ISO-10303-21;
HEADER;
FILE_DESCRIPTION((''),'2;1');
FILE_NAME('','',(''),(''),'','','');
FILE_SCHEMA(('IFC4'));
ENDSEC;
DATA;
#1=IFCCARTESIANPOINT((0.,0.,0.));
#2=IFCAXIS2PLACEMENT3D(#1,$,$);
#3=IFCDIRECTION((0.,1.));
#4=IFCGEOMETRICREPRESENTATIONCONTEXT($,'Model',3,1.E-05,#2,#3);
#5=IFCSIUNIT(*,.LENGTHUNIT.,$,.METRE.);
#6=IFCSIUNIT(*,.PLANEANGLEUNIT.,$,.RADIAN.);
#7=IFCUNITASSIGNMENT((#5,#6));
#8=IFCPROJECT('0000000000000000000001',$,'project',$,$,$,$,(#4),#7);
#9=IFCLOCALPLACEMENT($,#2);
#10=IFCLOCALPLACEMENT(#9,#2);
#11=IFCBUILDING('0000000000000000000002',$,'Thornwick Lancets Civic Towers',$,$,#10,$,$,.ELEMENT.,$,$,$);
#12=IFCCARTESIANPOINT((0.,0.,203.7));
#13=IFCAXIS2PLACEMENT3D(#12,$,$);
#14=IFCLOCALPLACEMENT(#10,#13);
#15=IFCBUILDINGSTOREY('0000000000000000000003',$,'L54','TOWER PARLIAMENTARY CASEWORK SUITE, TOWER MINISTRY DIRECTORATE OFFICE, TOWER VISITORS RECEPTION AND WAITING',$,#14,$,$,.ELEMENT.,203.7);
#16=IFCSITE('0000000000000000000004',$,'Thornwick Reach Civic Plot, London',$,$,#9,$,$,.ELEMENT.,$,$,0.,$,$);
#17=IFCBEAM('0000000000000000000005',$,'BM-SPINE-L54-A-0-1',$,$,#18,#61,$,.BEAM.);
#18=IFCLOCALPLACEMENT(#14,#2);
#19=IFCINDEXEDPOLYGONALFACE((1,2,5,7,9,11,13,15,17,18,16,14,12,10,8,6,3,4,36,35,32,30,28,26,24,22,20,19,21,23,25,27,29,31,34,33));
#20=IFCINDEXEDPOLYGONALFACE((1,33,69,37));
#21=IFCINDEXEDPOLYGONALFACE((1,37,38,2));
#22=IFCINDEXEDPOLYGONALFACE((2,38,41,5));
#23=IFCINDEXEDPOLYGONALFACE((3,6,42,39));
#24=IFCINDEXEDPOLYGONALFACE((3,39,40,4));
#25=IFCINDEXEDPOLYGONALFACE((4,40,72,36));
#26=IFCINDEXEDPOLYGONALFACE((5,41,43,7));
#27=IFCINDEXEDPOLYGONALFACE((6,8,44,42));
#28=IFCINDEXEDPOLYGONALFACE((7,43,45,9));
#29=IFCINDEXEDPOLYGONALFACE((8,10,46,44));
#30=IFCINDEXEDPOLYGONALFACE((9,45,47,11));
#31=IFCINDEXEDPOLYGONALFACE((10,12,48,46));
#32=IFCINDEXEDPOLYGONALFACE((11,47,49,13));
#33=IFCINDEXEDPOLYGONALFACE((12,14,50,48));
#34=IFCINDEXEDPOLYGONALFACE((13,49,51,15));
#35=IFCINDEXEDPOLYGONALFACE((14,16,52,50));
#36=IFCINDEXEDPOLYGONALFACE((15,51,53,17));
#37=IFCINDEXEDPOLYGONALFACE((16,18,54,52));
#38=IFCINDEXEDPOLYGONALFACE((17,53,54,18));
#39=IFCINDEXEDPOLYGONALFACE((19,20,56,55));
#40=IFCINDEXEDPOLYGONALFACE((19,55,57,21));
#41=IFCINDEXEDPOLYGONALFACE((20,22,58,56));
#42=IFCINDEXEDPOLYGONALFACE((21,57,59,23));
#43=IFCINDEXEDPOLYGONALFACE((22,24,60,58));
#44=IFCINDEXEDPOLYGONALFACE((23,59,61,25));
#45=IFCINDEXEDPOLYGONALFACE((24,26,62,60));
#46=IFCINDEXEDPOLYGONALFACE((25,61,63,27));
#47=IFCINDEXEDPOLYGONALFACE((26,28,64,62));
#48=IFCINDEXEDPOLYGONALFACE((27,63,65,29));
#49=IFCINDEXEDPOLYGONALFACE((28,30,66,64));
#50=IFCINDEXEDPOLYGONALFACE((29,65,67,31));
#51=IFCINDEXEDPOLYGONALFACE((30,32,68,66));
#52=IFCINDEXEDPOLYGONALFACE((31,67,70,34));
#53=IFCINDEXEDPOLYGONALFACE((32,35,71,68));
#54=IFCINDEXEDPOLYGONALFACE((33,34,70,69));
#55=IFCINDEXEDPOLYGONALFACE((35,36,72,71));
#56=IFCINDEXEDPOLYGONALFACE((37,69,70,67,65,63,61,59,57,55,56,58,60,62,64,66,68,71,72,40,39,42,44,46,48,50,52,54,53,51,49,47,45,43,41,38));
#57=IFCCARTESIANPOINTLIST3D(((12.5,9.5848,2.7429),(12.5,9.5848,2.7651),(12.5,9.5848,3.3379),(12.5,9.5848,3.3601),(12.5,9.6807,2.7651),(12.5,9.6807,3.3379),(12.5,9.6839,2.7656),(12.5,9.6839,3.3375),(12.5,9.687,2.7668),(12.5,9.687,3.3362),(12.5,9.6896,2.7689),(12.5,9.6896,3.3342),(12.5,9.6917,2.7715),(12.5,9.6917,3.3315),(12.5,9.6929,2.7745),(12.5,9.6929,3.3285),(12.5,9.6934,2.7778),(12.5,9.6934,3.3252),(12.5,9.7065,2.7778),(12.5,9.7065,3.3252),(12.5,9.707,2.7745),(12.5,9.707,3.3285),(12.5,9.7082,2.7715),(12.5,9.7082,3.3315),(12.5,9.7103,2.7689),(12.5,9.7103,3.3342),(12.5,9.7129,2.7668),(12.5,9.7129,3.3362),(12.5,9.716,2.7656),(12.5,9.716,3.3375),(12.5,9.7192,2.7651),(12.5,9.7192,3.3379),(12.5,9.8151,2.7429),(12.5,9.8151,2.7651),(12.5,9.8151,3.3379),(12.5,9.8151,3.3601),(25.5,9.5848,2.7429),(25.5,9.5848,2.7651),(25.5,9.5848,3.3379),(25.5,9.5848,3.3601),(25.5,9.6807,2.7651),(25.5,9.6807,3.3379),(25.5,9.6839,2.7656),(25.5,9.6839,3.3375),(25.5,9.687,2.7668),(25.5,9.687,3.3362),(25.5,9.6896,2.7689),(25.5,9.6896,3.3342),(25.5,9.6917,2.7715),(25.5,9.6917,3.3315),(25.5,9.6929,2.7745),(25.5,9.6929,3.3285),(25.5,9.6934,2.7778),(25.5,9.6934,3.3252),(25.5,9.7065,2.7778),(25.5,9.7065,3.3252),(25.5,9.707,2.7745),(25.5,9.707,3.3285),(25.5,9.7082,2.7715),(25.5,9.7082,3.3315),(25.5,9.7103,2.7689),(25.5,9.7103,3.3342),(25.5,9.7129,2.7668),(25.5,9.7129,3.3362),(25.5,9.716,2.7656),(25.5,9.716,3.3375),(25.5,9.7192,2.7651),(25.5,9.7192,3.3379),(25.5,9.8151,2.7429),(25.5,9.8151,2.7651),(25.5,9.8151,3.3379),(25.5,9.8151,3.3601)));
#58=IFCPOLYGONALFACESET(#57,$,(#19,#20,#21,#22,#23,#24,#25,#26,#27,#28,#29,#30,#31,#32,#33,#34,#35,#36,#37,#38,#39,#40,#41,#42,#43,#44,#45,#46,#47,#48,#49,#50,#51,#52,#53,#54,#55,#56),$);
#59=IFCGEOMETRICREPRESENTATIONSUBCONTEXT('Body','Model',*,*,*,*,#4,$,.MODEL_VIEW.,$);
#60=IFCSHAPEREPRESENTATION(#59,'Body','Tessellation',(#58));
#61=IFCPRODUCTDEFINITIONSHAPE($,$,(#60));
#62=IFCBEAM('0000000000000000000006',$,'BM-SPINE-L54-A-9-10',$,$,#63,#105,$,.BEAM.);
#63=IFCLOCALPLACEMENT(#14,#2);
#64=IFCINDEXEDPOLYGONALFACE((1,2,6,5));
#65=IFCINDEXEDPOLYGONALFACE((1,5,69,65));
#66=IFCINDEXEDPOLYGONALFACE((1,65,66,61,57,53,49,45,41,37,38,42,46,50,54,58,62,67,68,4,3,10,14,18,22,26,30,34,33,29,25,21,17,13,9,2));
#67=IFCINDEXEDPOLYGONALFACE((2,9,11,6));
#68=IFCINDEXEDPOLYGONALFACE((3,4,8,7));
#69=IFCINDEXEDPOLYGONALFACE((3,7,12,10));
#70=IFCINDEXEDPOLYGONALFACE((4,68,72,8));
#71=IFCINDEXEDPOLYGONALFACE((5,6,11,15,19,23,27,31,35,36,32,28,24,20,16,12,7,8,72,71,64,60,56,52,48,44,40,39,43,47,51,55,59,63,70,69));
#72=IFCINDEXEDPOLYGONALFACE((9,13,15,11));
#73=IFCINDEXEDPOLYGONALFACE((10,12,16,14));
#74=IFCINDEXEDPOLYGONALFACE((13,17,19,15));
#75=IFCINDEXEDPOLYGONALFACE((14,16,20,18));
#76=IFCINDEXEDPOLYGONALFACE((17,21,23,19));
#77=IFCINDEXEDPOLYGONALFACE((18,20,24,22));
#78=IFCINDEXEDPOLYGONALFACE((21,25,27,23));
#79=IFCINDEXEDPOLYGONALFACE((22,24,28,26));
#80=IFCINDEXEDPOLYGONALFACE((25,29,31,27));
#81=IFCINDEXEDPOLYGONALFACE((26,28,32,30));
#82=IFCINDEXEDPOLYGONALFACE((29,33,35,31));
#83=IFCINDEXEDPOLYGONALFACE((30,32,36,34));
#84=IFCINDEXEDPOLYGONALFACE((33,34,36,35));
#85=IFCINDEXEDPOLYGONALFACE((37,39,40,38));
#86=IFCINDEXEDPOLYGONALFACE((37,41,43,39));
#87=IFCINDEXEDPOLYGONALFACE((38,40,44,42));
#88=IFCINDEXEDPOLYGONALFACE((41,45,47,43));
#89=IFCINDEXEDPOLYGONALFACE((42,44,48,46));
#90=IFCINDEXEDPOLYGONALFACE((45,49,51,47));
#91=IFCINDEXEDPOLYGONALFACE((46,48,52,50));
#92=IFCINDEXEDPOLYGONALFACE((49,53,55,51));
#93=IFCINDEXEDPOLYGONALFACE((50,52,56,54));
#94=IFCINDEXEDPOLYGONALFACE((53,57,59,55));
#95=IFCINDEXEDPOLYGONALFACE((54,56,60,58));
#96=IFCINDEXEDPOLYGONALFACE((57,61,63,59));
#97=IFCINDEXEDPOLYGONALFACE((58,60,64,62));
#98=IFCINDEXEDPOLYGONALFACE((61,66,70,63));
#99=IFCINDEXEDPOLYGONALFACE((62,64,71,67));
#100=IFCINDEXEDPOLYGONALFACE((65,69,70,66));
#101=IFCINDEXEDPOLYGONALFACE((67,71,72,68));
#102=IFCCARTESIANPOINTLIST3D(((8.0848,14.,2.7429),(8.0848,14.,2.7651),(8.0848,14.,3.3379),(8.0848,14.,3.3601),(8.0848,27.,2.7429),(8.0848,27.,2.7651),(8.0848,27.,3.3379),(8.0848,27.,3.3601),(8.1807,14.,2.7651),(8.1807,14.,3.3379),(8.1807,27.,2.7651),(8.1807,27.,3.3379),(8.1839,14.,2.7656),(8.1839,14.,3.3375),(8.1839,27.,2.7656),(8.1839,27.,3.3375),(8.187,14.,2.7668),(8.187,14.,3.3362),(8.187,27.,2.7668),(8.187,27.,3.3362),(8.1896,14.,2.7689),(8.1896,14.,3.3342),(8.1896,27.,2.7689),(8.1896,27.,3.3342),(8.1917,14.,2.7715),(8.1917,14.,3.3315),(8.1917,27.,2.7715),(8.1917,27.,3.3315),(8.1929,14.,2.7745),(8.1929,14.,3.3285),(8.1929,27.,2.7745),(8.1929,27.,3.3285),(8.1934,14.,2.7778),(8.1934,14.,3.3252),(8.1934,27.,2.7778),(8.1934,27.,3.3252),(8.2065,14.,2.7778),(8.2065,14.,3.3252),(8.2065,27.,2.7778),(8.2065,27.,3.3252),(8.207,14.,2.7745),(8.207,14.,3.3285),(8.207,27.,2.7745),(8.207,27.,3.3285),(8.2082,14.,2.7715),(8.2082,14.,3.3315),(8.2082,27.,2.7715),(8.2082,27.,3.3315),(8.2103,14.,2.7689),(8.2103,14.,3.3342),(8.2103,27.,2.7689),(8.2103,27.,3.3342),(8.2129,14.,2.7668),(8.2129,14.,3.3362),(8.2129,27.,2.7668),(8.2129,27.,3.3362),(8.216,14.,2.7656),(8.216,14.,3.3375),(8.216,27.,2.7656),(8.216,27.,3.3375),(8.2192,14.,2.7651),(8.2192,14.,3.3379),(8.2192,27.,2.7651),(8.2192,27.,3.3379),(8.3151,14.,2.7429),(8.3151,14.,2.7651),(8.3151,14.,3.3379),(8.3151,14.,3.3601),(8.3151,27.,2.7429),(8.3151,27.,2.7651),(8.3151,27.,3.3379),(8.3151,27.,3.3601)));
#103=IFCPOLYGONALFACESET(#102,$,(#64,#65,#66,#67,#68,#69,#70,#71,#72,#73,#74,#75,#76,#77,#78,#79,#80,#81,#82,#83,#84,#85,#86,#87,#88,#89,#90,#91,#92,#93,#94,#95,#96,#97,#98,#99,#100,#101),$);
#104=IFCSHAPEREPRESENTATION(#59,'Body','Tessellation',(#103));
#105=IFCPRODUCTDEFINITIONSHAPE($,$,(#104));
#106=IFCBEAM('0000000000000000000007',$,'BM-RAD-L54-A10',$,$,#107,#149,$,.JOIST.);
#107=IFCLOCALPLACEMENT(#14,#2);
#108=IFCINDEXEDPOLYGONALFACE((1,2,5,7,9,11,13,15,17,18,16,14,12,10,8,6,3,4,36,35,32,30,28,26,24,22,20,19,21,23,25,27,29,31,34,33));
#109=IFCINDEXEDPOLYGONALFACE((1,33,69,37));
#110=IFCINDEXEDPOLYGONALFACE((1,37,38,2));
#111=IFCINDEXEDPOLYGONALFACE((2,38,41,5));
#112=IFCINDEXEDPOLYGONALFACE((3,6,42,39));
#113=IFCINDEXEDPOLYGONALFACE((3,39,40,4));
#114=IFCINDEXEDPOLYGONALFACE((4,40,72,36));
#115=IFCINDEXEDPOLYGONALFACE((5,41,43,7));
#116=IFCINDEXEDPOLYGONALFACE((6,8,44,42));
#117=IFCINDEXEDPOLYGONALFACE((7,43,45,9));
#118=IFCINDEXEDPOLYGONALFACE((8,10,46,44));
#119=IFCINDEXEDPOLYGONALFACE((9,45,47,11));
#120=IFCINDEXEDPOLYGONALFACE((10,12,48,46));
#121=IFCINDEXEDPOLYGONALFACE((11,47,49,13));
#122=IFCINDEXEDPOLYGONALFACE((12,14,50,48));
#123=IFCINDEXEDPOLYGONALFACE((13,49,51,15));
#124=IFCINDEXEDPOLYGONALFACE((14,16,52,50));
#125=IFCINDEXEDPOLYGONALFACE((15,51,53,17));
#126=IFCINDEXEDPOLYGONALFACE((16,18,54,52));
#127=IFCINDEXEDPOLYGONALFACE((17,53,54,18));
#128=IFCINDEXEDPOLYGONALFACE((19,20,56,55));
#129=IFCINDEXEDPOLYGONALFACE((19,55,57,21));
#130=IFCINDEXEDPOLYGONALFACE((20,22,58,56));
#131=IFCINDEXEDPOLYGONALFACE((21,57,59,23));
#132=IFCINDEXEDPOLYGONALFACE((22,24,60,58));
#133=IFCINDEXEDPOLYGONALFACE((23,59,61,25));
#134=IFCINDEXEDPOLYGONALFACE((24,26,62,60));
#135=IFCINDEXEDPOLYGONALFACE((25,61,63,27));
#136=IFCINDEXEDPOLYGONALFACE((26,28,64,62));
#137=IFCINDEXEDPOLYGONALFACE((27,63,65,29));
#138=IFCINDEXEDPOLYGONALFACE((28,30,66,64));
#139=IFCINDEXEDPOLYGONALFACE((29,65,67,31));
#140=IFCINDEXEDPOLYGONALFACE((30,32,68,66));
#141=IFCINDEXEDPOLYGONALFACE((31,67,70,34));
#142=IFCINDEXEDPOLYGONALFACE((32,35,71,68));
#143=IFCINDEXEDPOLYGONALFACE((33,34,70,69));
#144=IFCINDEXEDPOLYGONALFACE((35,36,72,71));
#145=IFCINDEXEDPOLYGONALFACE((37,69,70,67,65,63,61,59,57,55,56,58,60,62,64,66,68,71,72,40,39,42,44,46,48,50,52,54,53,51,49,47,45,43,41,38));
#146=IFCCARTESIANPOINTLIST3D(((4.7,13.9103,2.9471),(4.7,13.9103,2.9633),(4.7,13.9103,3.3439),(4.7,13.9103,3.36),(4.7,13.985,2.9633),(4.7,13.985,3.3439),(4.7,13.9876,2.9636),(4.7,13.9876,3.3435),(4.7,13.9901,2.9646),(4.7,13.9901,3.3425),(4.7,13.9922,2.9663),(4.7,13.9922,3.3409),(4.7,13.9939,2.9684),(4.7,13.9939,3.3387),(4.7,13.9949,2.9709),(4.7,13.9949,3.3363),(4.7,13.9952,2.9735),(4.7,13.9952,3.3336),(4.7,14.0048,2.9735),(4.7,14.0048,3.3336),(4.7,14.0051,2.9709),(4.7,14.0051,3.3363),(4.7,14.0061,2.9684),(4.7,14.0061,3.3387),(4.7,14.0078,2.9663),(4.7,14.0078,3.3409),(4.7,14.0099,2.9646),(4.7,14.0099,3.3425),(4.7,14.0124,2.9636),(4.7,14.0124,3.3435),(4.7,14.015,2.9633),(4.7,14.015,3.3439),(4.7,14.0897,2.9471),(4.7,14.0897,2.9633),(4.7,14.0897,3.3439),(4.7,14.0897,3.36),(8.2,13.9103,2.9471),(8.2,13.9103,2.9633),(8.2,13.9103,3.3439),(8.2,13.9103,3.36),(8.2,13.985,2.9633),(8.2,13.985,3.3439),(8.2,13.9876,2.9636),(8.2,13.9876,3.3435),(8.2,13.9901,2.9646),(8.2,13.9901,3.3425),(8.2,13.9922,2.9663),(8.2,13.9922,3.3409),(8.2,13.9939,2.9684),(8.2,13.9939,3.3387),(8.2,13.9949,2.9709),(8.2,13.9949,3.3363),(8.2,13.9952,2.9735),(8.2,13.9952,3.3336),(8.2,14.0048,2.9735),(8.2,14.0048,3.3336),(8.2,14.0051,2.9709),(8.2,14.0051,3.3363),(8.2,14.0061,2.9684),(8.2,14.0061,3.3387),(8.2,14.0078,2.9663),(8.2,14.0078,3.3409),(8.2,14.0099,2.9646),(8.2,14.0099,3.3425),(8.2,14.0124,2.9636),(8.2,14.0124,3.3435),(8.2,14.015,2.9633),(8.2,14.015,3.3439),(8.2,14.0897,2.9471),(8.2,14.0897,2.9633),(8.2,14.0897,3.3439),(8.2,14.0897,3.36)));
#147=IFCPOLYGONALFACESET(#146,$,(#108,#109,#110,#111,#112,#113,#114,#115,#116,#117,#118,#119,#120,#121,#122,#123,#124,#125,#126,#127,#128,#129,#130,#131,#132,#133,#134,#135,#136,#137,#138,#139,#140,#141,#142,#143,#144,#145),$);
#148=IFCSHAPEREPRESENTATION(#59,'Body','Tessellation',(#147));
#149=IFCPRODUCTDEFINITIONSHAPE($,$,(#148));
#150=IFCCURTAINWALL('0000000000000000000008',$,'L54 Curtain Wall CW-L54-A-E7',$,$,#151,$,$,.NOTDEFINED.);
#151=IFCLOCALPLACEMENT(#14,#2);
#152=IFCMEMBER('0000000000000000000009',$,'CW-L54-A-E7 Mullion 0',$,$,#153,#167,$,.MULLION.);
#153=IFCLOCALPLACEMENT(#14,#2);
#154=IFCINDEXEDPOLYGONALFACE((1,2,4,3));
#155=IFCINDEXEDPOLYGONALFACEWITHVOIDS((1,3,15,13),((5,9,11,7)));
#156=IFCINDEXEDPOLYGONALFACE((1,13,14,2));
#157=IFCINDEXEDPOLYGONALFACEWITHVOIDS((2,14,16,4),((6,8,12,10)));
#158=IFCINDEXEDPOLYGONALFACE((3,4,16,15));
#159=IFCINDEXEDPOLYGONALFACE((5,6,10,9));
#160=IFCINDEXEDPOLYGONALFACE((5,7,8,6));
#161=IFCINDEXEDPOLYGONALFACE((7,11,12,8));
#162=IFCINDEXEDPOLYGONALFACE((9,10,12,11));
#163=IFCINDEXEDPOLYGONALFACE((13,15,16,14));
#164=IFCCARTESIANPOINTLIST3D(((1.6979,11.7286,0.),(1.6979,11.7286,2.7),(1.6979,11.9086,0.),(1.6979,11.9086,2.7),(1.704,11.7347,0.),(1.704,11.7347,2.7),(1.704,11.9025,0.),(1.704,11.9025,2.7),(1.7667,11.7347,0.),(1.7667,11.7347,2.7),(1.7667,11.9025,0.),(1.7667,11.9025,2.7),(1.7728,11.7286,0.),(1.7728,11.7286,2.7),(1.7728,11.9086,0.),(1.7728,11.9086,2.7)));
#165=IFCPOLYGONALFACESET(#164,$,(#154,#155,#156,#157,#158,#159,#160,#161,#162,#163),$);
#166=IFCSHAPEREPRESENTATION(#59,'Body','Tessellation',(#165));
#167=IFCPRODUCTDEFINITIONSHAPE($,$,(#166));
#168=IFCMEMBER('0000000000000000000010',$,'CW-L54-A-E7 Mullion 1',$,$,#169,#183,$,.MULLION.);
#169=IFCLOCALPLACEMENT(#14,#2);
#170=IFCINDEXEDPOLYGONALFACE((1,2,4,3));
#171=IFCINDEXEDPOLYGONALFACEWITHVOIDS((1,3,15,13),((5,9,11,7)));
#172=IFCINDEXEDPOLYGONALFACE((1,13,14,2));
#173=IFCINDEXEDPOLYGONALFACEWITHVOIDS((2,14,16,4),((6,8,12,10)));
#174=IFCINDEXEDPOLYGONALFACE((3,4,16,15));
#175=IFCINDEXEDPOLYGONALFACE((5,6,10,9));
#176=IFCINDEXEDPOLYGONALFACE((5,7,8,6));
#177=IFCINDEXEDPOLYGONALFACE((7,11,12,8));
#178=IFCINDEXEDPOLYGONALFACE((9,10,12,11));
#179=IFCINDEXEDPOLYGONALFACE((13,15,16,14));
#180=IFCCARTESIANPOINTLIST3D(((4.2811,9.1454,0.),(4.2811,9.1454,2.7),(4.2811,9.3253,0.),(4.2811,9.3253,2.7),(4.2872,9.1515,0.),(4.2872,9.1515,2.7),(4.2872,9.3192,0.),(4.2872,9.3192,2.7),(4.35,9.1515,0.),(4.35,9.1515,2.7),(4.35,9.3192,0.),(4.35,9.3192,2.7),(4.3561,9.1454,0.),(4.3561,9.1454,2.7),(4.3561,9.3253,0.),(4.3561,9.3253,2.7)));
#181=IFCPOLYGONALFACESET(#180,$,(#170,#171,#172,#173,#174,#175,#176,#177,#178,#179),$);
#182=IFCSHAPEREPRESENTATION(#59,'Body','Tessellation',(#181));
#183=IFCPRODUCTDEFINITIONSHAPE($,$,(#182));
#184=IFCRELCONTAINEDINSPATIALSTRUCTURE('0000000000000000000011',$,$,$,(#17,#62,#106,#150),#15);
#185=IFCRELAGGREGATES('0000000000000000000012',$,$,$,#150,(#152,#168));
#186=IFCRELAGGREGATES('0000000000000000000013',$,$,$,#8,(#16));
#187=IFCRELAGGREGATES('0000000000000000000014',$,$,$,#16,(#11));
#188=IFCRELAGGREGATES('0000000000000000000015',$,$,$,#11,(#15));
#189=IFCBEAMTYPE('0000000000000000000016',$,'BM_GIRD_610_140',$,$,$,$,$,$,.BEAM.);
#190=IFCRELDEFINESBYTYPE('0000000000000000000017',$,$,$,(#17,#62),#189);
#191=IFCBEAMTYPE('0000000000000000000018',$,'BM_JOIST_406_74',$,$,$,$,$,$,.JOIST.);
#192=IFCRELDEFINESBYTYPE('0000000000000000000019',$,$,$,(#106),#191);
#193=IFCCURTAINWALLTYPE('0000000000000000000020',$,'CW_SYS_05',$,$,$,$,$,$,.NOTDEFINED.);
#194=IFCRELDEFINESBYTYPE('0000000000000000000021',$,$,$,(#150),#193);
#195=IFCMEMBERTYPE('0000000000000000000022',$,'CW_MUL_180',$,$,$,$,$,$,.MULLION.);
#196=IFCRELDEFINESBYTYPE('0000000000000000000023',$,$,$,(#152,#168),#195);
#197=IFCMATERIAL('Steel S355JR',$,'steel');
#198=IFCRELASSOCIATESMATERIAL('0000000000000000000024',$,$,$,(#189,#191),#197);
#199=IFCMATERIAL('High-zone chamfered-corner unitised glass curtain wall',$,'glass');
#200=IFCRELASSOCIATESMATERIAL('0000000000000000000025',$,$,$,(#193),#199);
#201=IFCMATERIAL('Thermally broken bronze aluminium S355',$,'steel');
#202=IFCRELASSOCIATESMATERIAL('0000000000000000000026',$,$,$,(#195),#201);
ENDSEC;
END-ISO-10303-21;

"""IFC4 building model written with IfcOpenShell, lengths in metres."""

from ifc_helpers import new_model, si_unit, direction, frame, origin, origin_2d, place, context, subcontext, project, spatial, hollow_rectangle, i_section, extrude, material, material_profile, profile_set, type_object, element, aggregate, save


model = new_model("IFC4")

# Units and contexts
model_context = context("Model", 3, precision=1e-05, world=origin(), true_north=direction((0.0, 1.0)))
body_context = subcontext(model_context, "Body", "Model", "MODEL_VIEW")
ifc_project = project(units=[si_unit("LENGTHUNIT", "METRE"), si_unit("PLANEANGLEUNIT", "RADIAN")], contexts=[model_context])

# Site, building, storey
site_placement = place(None, origin())
site = spatial("IfcSite", under=ifc_project, at=site_placement, Name="Thornwick Reach Civic Plot, London", CompositionType="ELEMENT", RefElevation=0.0)
building_placement = place(site_placement, origin())
building = spatial("IfcBuilding", under=site, at=building_placement, Name="Thornwick Lancets Civic Towers", CompositionType="ELEMENT")
storey_placement = place(building_placement, frame((0.0, 0.0, 203.7)))
storey = spatial("IfcBuildingStorey", under=building, at=storey_placement, Name="L54", Description="TOWER PARLIAMENTARY CASEWORK SUITE, TOWER MINISTRY DIRECTORATE OFFICE, TOWER VISITORS RECEPTION AND WAITING", CompositionType="ELEMENT", Elevation=203.7)

# Shared definitions
ifc_material_1 = material(Name="Steel S355JR", Category="steel")

# Beams
ifc_material_profile_1 = material_profile(ifc_material_1, i_section(OverallWidth=0.2302, OverallDepth=0.6172, WebThickness=0.0132, FlangeThickness=0.0222, FilletRadius=0.0127, at=origin_2d()), Name="UKB 610x229x140")
ifc_profile_set_1 = profile_set([ifc_material_profile_1], Name="Steel S355JR")
beam_type_1 = type_object("IfcBeamType", Name="BM_GIRD_610_140", PredefinedType="BEAM", material=ifc_profile_set_1)
for number, where, z_axis, x_axis, name in (
    (1, (12.5, 9.7, 3.0515), (1.0, 0.0, 0.0), (0.0, 1.0, 0.0), "BM-SPINE-L54-A-0-1"),
    (2, (8.2, 14.0, 3.0515), (0.0, 1.0, 0.0), (-1.0, 0.0, 0.0), "BM-SPINE-L54-A-9-10"),
):
    element("IfcBeam", number, at=place(storey_placement, frame(where, z_axis=z_axis, x_axis=x_axis)), inside=storey, type_object=beam_type_1, Name=name, PredefinedType="BEAM", context=body_context, shape_type="SweptSolid", body=[
        extrude(i_section(OverallWidth=0.2302, OverallDepth=0.6172, WebThickness=0.0132, FlangeThickness=0.0222, FilletRadius=0.0127, at=origin_2d()), origin(), (0.0, 0.0, 1.0), 13.0),
    ])
ifc_material_profile_2 = material_profile(ifc_material_1, i_section(OverallWidth=0.1794, OverallDepth=0.4128, WebThickness=0.0095, FlangeThickness=0.0161, FilletRadius=0.0103, at=origin_2d()), Name="UKB 406x178x74")
ifc_profile_set_2 = profile_set([ifc_material_profile_2], Name="Steel S355JR")
beam_type_2 = type_object("IfcBeamType", Name="BM_JOIST_406_74", PredefinedType="JOIST", material=ifc_profile_set_2)
beam_1_placement = place(storey_placement, frame((8.2, 14.0, 3.1536), z_axis=(-1.0, 0.0, 0.0), x_axis=(0.0, -1.0, 0.0)))
element("IfcBeam", 3, at=beam_1_placement, inside=storey, type_object=beam_type_2, Name="BM-RAD-L54-A10", PredefinedType="JOIST", context=body_context, shape_type="SweptSolid", body=[
    extrude(i_section(OverallWidth=0.1794, OverallDepth=0.4128, WebThickness=0.0095, FlangeThickness=0.0161, FilletRadius=0.0103, at=origin_2d()), origin(), (0.0, 0.0, 1.0), 3.5),
])

# Curtain wall, members
ifc_material_2 = material(Name="High-zone chamfered-corner unitised glass curtain wall", Category="glass")
curtain_wall_type = type_object("IfcCurtainWallType", Name="CW_SYS_05", PredefinedType="NOTDEFINED", material=ifc_material_2)
curtain_wall_placement = place(storey_placement, origin())
curtain_wall = element("IfcCurtainWall", 4, at=curtain_wall_placement, inside=storey, type_object=curtain_wall_type, Name="L54 Curtain Wall CW-L54-A-E7", PredefinedType="NOTDEFINED")
ifc_material_3 = material(Name="Thermally broken bronze aluminium S355", Category="steel")
ifc_material_profile_3 = material_profile(ifc_material_3, hollow_rectangle(XDim=0.075, YDim=0.1799, WallThickness=0.0061, at=origin_2d()), Name="RHS 180x75x6")
ifc_profile_set_3 = profile_set([ifc_material_profile_3], Name="Thermally broken bronze aluminium S355")
member_type_1 = type_object("IfcMemberType", Name="CW_MUL_180", PredefinedType="MULLION", material=ifc_profile_set_3)
member_1_placement = place(storey_placement, frame((1.7354, 11.8186, 0.0), z_axis=(0.0, 0.0, 1.0), x_axis=(1.0, 0.0, 0.0)))
member_1 = element("IfcMember", 5, at=member_1_placement, type_object=member_type_1, Name="CW-L54-A-E7 Mullion 0", PredefinedType="MULLION", context=body_context, shape_type="SweptSolid", body=[
    extrude(hollow_rectangle(XDim=0.075, YDim=0.1799, WallThickness=0.0061, at=origin_2d()), origin(), (0.0, 0.0, 1.0), 2.7),
])
member_2_placement = place(storey_placement, frame((4.3186, 9.2354, 0.0), z_axis=(0.0, 0.0, 1.0), x_axis=(1.0, 0.0, 0.0)))
member_2 = element("IfcMember", 6, at=member_2_placement, type_object=member_type_1, Name="CW-L54-A-E7 Mullion 1", PredefinedType="MULLION", context=body_context, shape_type="SweptSolid", body=[
    extrude(hollow_rectangle(XDim=0.075, YDim=0.1799, WallThickness=0.0061, at=origin_2d()), origin(), (0.0, 0.0, 1.0), 2.7),
])
aggregate(curtain_wall, [member_1, member_2])

save(model, "model.ifc")
